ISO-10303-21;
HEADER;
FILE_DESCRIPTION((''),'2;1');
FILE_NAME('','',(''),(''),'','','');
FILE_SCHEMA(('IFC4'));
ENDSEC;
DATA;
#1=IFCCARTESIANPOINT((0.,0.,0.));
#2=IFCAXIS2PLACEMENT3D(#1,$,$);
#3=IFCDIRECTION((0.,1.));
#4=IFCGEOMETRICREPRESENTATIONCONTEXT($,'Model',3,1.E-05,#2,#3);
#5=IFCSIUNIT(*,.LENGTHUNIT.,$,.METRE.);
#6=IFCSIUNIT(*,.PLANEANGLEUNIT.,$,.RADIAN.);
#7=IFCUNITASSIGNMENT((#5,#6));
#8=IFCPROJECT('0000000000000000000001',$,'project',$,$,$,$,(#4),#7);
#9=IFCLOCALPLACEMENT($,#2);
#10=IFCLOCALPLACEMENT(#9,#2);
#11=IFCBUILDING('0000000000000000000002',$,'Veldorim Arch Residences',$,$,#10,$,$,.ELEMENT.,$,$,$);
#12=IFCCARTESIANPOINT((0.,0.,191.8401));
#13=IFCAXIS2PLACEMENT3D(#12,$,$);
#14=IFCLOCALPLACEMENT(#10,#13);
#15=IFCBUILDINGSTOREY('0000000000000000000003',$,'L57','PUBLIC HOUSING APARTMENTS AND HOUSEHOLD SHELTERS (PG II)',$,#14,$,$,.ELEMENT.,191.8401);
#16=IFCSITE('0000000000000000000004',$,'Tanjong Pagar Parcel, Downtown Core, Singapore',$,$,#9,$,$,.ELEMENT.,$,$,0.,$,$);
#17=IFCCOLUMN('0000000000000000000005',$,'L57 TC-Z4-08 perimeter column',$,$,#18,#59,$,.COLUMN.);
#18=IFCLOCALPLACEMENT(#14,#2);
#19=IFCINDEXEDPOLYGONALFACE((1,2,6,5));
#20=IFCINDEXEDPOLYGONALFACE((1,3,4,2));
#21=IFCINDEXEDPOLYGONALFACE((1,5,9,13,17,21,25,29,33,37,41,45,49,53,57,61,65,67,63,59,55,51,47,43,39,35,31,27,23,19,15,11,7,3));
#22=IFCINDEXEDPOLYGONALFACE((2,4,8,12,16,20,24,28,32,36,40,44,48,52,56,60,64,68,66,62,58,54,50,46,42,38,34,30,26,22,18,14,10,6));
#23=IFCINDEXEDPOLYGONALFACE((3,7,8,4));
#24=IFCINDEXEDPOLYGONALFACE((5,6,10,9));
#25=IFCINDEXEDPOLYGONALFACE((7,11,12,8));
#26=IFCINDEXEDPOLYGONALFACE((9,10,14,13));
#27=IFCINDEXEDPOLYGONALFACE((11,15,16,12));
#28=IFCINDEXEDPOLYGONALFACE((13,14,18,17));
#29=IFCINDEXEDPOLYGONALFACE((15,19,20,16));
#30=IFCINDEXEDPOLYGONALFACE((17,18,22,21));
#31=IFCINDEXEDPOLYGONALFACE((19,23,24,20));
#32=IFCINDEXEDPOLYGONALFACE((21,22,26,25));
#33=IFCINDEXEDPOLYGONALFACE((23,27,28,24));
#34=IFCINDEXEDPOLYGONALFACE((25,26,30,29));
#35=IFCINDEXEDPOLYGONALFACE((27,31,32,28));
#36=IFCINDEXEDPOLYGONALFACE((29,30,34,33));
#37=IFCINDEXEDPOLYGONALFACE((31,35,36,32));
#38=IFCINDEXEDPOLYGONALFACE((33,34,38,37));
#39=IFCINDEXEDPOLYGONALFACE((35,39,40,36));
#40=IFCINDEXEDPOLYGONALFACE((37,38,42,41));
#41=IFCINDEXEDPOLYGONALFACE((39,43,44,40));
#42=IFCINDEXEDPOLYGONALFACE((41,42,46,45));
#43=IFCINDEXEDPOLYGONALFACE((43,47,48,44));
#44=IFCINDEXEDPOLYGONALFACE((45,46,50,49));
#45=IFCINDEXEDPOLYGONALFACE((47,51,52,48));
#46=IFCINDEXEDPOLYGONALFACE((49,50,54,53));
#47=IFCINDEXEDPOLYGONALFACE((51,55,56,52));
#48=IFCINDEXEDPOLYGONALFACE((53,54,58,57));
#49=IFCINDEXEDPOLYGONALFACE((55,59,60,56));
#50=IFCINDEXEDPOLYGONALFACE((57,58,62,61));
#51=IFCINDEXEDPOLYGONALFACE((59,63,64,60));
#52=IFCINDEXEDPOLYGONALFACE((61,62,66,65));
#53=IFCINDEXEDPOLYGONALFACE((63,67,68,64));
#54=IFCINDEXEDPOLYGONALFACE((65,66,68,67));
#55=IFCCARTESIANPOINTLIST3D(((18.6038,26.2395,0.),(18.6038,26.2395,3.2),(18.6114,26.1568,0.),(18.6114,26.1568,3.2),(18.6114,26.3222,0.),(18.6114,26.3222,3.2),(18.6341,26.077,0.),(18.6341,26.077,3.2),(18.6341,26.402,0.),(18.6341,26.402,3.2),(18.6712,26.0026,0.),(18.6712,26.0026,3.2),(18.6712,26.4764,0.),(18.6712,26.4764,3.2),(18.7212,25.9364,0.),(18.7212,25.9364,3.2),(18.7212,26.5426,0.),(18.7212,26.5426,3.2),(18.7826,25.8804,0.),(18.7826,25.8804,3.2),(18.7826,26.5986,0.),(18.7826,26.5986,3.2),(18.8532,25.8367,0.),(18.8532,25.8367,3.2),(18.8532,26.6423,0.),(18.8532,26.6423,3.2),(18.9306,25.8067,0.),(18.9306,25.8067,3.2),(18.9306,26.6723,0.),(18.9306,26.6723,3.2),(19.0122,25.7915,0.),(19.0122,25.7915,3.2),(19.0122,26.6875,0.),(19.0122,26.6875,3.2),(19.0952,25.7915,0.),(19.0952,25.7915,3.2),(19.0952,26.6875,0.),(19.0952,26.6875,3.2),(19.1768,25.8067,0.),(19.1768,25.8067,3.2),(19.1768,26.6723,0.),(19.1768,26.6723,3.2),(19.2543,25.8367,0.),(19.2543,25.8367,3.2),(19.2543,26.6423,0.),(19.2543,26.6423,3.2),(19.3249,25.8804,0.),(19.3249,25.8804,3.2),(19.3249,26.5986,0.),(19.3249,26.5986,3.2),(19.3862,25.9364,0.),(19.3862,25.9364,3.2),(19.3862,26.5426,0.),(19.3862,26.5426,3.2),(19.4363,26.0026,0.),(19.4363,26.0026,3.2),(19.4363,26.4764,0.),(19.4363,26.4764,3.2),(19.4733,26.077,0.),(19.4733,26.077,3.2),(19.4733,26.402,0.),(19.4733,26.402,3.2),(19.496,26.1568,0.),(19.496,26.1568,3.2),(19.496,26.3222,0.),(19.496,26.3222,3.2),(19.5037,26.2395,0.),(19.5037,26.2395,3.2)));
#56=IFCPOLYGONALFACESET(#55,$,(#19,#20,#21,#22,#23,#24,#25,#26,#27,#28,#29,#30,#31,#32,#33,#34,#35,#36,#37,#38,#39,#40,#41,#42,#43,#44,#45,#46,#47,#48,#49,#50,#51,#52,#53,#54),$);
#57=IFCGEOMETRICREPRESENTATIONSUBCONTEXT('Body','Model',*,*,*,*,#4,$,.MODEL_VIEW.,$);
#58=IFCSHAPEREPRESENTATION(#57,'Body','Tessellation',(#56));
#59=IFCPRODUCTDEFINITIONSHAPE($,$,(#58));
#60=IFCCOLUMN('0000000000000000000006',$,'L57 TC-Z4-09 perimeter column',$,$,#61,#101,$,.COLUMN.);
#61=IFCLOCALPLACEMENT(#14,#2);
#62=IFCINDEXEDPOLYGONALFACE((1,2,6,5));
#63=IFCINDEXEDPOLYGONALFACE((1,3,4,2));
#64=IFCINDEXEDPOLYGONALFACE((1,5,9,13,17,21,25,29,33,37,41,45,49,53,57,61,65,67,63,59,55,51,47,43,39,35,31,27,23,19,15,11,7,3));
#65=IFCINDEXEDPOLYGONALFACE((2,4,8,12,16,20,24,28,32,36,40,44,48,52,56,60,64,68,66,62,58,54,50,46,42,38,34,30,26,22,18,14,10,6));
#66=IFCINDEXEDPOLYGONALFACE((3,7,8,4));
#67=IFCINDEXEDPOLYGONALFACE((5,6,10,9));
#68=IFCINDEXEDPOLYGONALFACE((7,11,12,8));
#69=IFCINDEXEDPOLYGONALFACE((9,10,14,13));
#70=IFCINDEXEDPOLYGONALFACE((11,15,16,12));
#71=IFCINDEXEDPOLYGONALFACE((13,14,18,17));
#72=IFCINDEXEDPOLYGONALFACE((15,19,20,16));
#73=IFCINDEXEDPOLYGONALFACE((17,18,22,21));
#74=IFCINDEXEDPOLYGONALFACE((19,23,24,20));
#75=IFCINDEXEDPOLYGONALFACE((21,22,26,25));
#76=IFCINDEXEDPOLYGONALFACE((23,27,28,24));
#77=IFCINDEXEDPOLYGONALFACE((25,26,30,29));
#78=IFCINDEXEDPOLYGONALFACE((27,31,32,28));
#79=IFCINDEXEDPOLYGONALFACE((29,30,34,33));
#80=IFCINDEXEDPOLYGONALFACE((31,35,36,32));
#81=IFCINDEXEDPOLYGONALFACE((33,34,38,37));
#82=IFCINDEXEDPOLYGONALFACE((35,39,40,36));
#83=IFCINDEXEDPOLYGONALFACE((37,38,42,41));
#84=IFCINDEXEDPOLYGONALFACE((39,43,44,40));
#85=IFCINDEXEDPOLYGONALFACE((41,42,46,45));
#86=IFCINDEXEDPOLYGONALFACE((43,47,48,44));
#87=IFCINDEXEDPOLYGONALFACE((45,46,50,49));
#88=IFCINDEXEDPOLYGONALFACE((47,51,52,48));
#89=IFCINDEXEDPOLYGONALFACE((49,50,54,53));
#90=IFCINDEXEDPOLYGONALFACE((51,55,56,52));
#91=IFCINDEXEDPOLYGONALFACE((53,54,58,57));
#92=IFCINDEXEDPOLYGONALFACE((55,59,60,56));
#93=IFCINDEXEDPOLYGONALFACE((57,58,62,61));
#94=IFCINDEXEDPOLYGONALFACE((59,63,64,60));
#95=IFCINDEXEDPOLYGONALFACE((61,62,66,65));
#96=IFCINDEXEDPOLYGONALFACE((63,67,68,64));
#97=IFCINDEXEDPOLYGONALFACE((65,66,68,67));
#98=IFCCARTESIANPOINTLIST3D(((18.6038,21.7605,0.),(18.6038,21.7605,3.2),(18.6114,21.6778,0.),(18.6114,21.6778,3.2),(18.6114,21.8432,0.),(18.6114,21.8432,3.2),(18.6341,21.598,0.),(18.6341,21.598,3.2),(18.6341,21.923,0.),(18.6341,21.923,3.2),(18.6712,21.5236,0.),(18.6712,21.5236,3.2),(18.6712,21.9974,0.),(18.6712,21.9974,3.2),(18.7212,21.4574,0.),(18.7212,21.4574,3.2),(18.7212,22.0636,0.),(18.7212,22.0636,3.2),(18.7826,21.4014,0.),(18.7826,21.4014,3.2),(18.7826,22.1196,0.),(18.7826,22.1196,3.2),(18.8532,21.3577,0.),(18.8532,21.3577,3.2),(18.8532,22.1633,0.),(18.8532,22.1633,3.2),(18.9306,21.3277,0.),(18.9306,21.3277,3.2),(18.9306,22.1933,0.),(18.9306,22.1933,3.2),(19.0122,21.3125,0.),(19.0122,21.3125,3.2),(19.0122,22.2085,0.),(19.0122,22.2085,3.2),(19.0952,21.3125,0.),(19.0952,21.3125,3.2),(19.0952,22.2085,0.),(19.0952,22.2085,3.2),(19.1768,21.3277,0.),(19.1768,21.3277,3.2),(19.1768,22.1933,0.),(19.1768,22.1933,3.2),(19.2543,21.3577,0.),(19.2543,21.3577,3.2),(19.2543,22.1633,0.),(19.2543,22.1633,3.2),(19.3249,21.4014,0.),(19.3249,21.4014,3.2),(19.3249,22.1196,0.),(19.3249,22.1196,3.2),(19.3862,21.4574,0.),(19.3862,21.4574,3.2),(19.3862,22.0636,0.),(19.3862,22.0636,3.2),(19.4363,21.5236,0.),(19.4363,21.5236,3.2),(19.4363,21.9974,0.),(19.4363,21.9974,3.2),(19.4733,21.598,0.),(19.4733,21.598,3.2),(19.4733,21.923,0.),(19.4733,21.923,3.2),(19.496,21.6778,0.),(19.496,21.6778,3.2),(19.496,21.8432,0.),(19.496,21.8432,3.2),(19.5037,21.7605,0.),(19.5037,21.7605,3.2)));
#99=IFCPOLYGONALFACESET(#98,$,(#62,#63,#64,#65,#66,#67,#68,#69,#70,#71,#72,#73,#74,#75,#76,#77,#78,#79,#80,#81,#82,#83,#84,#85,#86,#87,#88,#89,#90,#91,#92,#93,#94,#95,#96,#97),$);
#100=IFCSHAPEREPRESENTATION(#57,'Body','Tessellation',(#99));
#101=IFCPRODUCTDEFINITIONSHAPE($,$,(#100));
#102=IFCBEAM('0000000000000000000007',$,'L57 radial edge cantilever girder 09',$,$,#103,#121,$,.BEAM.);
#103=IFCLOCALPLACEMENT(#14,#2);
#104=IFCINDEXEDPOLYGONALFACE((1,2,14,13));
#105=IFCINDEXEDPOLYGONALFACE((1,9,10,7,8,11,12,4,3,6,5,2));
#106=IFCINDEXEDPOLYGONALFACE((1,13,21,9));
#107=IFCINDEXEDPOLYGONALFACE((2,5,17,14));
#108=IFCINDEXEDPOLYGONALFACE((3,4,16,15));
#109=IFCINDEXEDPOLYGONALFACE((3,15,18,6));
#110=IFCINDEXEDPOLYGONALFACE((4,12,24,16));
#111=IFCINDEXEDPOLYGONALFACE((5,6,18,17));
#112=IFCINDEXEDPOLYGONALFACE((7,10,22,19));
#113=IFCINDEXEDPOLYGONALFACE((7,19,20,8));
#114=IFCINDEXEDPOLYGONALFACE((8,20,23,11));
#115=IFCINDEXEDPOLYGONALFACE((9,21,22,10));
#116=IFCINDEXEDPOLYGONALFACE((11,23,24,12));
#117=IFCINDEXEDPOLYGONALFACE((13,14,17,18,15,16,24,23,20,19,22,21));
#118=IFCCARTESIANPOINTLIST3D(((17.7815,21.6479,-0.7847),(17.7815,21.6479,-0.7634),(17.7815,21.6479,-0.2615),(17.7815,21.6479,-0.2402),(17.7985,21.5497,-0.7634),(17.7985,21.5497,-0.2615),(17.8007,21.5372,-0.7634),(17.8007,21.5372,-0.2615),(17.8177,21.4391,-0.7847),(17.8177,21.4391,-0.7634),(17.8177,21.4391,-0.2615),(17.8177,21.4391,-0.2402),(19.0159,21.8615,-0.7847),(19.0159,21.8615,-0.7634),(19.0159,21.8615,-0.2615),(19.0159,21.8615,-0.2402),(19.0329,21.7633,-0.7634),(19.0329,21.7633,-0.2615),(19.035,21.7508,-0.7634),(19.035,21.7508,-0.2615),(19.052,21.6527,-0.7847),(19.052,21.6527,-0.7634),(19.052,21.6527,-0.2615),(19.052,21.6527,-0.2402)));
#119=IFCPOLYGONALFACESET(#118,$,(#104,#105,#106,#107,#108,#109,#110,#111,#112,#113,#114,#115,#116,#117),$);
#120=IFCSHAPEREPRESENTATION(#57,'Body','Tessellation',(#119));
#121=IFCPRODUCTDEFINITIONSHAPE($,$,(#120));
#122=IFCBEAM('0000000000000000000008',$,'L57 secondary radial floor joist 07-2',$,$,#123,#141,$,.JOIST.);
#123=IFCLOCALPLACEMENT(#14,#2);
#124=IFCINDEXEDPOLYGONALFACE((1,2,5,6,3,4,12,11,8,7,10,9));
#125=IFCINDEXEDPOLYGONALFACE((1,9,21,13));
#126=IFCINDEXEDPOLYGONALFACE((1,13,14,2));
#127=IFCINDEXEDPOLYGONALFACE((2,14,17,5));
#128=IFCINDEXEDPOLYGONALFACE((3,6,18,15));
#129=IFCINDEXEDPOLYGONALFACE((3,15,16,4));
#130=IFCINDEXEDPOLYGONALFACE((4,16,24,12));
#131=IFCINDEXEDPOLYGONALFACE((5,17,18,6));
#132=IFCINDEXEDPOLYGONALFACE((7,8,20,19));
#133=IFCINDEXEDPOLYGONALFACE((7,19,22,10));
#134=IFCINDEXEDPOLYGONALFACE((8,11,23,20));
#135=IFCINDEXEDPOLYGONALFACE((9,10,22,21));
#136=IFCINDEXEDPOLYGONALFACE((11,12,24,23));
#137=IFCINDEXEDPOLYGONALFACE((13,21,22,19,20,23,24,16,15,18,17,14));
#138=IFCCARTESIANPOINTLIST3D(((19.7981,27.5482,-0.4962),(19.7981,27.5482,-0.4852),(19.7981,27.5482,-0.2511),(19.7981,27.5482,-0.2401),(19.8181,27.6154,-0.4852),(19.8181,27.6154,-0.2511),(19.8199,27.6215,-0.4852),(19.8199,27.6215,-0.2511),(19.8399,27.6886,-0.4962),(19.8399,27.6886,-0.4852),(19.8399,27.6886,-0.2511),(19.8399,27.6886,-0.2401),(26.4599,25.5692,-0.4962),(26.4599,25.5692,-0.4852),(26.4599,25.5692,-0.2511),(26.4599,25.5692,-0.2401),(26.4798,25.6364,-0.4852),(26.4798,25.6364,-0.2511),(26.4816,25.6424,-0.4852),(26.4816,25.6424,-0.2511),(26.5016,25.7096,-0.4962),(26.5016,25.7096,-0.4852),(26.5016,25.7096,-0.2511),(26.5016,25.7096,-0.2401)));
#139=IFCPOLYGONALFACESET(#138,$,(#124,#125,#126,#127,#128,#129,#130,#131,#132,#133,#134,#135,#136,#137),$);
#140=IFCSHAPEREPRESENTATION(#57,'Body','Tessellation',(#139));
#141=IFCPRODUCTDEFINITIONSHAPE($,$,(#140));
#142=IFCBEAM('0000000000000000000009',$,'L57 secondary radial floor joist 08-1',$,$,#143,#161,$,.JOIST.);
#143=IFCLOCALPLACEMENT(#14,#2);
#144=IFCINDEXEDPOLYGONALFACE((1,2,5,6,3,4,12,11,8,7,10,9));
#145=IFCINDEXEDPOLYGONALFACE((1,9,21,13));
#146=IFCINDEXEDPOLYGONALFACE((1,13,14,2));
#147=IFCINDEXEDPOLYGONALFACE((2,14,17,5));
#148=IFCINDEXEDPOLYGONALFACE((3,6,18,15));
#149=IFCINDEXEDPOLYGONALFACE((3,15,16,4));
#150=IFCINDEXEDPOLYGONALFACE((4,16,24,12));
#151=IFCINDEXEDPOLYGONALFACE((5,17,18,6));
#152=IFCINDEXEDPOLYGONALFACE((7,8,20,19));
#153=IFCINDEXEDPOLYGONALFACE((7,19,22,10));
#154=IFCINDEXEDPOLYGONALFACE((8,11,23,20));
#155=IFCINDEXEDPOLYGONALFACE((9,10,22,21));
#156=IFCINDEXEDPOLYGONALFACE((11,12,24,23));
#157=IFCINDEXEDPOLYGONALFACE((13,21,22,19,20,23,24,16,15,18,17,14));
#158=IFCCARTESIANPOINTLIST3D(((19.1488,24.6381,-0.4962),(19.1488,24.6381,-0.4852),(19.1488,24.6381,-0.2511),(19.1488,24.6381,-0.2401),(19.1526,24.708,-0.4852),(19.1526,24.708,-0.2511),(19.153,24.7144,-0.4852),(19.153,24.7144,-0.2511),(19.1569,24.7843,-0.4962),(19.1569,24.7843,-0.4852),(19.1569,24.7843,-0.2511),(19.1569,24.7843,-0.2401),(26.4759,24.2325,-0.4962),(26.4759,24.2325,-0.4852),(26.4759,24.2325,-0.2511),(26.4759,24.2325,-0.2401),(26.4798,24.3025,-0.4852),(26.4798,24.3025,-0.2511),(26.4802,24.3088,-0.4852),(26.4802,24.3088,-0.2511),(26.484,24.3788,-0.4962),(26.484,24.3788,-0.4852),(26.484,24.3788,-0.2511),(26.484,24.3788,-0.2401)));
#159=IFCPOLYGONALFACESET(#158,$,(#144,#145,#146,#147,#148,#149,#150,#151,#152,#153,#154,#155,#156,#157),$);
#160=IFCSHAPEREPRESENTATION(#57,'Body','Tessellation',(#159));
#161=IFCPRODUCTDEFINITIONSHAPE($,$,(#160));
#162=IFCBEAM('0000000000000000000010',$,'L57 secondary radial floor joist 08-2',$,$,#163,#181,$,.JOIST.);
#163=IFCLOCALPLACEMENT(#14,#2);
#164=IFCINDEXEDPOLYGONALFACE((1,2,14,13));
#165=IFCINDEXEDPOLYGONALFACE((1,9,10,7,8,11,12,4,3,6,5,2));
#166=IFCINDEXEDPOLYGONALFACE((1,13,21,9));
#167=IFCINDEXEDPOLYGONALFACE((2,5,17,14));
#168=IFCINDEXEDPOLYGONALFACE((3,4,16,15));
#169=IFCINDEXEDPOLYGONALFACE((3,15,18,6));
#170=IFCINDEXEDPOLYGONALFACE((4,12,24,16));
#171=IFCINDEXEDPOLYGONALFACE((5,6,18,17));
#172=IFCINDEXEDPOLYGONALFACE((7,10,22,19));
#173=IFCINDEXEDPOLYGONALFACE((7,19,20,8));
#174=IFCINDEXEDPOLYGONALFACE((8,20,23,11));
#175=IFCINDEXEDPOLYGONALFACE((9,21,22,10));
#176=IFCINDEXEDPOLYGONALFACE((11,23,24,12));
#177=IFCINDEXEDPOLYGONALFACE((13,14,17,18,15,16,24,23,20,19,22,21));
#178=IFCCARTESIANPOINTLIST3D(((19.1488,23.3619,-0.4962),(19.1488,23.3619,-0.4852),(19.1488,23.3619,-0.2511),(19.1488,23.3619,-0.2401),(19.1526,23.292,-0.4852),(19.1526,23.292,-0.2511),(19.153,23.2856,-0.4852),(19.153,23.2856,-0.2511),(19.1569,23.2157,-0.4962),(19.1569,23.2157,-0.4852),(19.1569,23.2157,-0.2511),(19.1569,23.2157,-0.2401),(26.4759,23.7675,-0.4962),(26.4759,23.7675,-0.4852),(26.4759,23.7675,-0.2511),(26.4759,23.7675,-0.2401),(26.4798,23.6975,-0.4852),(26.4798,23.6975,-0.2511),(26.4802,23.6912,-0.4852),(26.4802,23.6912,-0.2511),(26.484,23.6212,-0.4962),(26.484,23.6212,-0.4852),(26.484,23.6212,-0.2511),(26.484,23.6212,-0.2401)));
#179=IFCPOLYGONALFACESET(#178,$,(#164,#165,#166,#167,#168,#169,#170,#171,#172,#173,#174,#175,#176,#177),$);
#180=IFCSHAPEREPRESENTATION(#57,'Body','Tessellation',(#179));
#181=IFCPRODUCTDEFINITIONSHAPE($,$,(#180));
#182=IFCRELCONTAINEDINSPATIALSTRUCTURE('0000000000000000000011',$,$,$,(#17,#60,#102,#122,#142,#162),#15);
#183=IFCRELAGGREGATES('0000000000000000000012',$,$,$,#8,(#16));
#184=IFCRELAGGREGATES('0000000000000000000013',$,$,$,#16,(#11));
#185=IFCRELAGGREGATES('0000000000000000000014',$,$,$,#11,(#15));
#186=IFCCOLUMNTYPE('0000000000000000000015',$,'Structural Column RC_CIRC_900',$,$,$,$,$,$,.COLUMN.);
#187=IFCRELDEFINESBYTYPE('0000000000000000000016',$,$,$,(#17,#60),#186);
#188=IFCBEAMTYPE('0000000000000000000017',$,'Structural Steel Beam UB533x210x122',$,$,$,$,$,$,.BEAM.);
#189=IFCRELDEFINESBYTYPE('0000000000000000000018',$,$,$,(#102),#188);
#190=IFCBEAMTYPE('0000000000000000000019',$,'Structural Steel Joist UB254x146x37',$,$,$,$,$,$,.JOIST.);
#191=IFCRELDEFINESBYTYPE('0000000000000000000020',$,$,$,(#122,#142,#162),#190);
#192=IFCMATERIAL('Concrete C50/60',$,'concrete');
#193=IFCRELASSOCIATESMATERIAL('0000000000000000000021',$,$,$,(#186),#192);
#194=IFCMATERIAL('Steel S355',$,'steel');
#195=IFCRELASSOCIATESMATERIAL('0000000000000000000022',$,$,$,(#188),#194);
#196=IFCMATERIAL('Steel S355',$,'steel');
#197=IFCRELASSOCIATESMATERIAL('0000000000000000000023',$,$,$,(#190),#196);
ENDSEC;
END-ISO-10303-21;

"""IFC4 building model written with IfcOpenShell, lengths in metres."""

from ifc_helpers import new_model, si_unit, direction, frame, origin, origin_2d, place, context, subcontext, project, spatial, circle, i_section, extrude, material, material_profile, profile_set, type_object, element, save


model = new_model("IFC4")

# Units and contexts
model_context = context("Model", 3, precision=1e-05, world=origin(), true_north=direction((0.0, 1.0)))
body_context = subcontext(model_context, "Body", "Model", "MODEL_VIEW")
ifc_project = project(units=[si_unit("LENGTHUNIT", "METRE"), si_unit("PLANEANGLEUNIT", "RADIAN")], contexts=[model_context])

# Site, building, storey
site_placement = place(None, origin())
site = spatial("IfcSite", under=ifc_project, at=site_placement, Name="Tanjong Pagar Parcel, Downtown Core, Singapore", CompositionType="ELEMENT", RefElevation=0.0)
building_placement = place(site_placement, origin())
building = spatial("IfcBuilding", under=site, at=building_placement, Name="Veldorim Arch Residences", CompositionType="ELEMENT")
storey_placement = place(building_placement, frame((0.0, 0.0, 191.8401)))
storey = spatial("IfcBuildingStorey", under=building, at=storey_placement, Name="L57", Description="PUBLIC HOUSING APARTMENTS AND HOUSEHOLD SHELTERS (PG II)", CompositionType="ELEMENT", Elevation=191.8401)

# Columns
ifc_material_1 = material(Name="Concrete C50/60", Category="concrete")
ifc_material_profile_1 = material_profile(ifc_material_1, circle(Radius=0.45, at=origin_2d()), Name="RC_CIRC_900")
ifc_profile_set_1 = profile_set([ifc_material_profile_1], Name="Concrete C50/60")
column_type = type_object("IfcColumnType", Name="Structural Column RC_CIRC_900", PredefinedType="COLUMN", material=ifc_profile_set_1)
for number, where, z_axis, x_axis, name in (
    (1, (19.0537, 26.2395, 0.0), (0.0, 0.0, 1.0), (1.0, 0.0, 0.0), "L57 TC-Z4-08 perimeter column"),
    (2, (19.0537, 21.7605, 0.0), (0.0, 0.0, 1.0), (1.0, 0.0, 0.0), "L57 TC-Z4-09 perimeter column"),
):
    element("IfcColumn", number, at=place(storey_placement, frame(where, z_axis=z_axis, x_axis=x_axis)), inside=storey, type_object=column_type, Name=name, PredefinedType="COLUMN", context=body_context, shape_type="SweptSolid", body=[
        extrude(circle(Radius=0.45, at=origin_2d()), origin(), (0.0, 0.0, 1.0), 3.2),
    ])

# Beams
ifc_material_2 = material(Name="Steel S355", Category="steel")
ifc_material_profile_2 = material_profile(ifc_material_2, i_section(OverallWidth=0.2119, OverallDepth=0.5444, WebThickness=0.0127, FlangeThickness=0.0212, at=origin_2d()), Name="UB533x210x122")
ifc_profile_set_2 = profile_set([ifc_material_profile_2], Name="Steel S355")
beam_type_1 = type_object("IfcBeamType", Name="Structural Steel Beam UB533x210x122", PredefinedType="BEAM", material=ifc_profile_set_2)
beam_1_placement = place(storey_placement, frame((19.0339, 21.7571, -0.5125), z_axis=(-0.985353, -0.170527, 0.0), x_axis=(0.170527, -0.985353, 0.0)))
element("IfcBeam", 3, at=beam_1_placement, inside=storey, type_object=beam_type_1, Name="L57 radial edge cantilever girder 09", PredefinedType="BEAM", context=body_context, shape_type="SweptSolid", body=[
    extrude(i_section(OverallWidth=0.2119, OverallDepth=0.5444, WebThickness=0.0127, FlangeThickness=0.0212, at=origin_2d()), origin(), (0.0, 0.0, 1.0), 1.2527),
])
ifc_material_3 = material(Name="Steel S355", Category="steel")
ifc_material_profile_3 = material_profile(ifc_material_3, i_section(OverallWidth=0.1465, OverallDepth=0.2561, WebThickness=0.0063, FlangeThickness=0.011, at=origin_2d()), Name="UB254x146x37")
ifc_profile_set_3 = profile_set([ifc_material_profile_3], Name="Steel S355")
beam_type_2 = type_object("IfcBeamType", Name="Structural Steel Joist UB254x146x37", PredefinedType="JOIST", material=ifc_profile_set_3)
beam_2_placement = place(storey_placement, frame((26.4807, 25.6394, -0.3682), z_axis=(-0.958594, 0.284775, 0.0), x_axis=(-0.284775, -0.958594, 0.0)))
element("IfcBeam", 4, at=beam_2_placement, inside=storey, type_object=beam_type_2, Name="L57 secondary radial floor joist 07-2", PredefinedType="JOIST", context=body_context, shape_type="SweptSolid", body=[
    extrude(i_section(OverallWidth=0.1465, OverallDepth=0.2561, WebThickness=0.0063, FlangeThickness=0.011, at=origin_2d()), origin(), (0.0, 0.0, 1.0), 6.9495),
])
for number, where, z_axis, x_axis, name in (
    (5, (26.48, 24.3057, -0.3682), (-0.998472, 0.05526, 0.0), (-0.05526, -0.998472, 0.0), "L57 secondary radial floor joist 08-1"),
    (6, (26.48, 23.6943, -0.3682), (-0.998472, -0.05526, 0.0), (0.05526, -0.998472, 0.0), "L57 secondary radial floor joist 08-2"),
):
    element("IfcBeam", number, at=place(storey_placement, frame(where, z_axis=z_axis, x_axis=x_axis)), inside=storey, type_object=beam_type_2, Name=name, PredefinedType="JOIST", context=body_context, shape_type="SweptSolid", body=[
        extrude(i_section(OverallWidth=0.1465, OverallDepth=0.2561, WebThickness=0.0063, FlangeThickness=0.011, at=origin_2d()), origin(), (0.0, 0.0, 1.0), 7.3384),
    ])

save(model, "model.ifc")
